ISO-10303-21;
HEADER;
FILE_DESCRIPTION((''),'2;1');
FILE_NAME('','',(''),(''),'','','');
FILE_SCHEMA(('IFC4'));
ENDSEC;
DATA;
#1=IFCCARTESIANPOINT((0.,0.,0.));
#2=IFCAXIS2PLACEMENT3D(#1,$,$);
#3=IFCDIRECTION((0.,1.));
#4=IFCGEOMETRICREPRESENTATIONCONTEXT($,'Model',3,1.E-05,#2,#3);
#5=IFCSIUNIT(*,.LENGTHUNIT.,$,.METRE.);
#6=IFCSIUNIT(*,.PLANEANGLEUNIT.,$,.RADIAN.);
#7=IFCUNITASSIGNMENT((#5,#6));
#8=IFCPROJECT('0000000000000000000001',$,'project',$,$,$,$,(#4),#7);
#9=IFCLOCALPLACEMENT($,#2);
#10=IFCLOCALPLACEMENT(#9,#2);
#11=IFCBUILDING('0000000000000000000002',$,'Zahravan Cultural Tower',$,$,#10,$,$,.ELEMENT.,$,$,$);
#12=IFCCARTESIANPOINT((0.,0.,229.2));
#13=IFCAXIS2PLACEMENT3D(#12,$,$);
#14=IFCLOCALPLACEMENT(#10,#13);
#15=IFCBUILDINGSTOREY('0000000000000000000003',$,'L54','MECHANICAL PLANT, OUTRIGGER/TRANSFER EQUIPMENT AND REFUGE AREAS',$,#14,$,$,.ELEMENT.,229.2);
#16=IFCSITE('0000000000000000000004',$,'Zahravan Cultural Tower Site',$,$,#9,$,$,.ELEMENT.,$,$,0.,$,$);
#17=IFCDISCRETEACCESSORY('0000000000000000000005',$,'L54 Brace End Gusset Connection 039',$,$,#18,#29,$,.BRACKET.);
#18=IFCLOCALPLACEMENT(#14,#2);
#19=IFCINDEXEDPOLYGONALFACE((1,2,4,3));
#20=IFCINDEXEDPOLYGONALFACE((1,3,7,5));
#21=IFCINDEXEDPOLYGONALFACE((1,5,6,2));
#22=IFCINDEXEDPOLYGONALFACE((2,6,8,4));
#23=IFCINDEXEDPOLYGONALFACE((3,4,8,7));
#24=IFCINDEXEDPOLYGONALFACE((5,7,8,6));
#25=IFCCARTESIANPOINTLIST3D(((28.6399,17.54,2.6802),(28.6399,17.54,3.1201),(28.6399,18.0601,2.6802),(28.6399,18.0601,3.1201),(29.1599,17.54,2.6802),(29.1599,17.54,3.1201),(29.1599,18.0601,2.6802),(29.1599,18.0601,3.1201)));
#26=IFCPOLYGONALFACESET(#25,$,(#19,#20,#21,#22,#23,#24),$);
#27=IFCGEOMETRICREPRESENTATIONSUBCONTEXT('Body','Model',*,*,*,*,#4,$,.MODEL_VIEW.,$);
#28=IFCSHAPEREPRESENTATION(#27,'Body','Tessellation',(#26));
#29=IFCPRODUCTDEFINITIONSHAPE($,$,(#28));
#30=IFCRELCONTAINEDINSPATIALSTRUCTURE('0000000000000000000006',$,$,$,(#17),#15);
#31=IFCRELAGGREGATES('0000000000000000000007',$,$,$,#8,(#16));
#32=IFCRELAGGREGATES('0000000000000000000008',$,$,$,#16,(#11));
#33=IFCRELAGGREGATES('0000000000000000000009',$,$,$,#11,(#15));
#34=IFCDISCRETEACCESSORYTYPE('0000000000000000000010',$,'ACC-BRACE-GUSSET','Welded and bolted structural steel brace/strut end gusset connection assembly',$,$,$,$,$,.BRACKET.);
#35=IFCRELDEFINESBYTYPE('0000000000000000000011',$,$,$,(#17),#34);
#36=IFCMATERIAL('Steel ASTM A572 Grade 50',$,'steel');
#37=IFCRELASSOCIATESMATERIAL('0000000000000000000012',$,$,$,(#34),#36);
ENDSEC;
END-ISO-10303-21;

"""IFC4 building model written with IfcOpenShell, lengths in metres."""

from ifc_helpers import new_model, si_unit, direction, frame, origin, origin_2d, place, context, subcontext, project, spatial, rectangle, extrude, source, transform, mapped, material, type_object, element, save


model = new_model("IFC4")

# Units and contexts
model_context = context("Model", 3, precision=1e-05, world=origin(), true_north=direction((0.0, 1.0)))
body_context = subcontext(model_context, "Body", "Model", "MODEL_VIEW")
ifc_project = project(units=[si_unit("LENGTHUNIT", "METRE"), si_unit("PLANEANGLEUNIT", "RADIAN")], contexts=[model_context])

# Site, building, storey
site_placement = place(None, origin())
site = spatial("IfcSite", under=ifc_project, at=site_placement, Name="Zahravan Cultural Tower Site", CompositionType="ELEMENT", RefElevation=0.0)
building_placement = place(site_placement, origin())
building = spatial("IfcBuilding", under=site, at=building_placement, Name="Zahravan Cultural Tower", CompositionType="ELEMENT")
storey_placement = place(building_placement, frame((0.0, 0.0, 229.2)))
storey = spatial("IfcBuildingStorey", under=building, at=storey_placement, Name="L54", Description="MECHANICAL PLANT, OUTRIGGER/TRANSFER EQUIPMENT AND REFUGE AREAS", CompositionType="ELEMENT", Elevation=229.2)

# Shared definitions
ifc_material_1 = material(Name="Steel ASTM A572 Grade 50", Category="steel")

# Discrete accessory
discrete_accessory_type = type_object("IfcDiscreteAccessoryType", Name="ACC-BRACE-GUSSET", Description="Welded and bolted structural steel brace/strut end gusset connection assembly", PredefinedType="BRACKET", material=ifc_material_1)
shared_shape_1 = source(origin(), body_context, "Body", "SweptSolid", [
    extrude(rectangle(XDim=0.52, YDim=0.52, at=origin_2d()), origin(), (0.0, 0.0, 1.0), 0.4399),
])
discrete_accessory_placement = place(storey_placement, frame((28.8999, 17.8, 2.6802), z_axis=(0.0, 0.0, 1.0), x_axis=(1.0, 0.0, 0.0)))
element("IfcDiscreteAccessory", 1, at=discrete_accessory_placement, inside=storey, type_object=discrete_accessory_type, Name="L54 Brace End Gusset Connection 039", PredefinedType="BRACKET", context=body_context, shape_type="MappedRepresentation", body=[
    mapped(shared_shape_1, transform((0.0, 0.0, 0.0), x_axis=(1.0, 0.0, 0.0), y_axis=(0.0, 1.0, 0.0), z_axis=(0.0, 0.0, 1.0), scale=1.0)),
])

save(model, "model.ifc")
